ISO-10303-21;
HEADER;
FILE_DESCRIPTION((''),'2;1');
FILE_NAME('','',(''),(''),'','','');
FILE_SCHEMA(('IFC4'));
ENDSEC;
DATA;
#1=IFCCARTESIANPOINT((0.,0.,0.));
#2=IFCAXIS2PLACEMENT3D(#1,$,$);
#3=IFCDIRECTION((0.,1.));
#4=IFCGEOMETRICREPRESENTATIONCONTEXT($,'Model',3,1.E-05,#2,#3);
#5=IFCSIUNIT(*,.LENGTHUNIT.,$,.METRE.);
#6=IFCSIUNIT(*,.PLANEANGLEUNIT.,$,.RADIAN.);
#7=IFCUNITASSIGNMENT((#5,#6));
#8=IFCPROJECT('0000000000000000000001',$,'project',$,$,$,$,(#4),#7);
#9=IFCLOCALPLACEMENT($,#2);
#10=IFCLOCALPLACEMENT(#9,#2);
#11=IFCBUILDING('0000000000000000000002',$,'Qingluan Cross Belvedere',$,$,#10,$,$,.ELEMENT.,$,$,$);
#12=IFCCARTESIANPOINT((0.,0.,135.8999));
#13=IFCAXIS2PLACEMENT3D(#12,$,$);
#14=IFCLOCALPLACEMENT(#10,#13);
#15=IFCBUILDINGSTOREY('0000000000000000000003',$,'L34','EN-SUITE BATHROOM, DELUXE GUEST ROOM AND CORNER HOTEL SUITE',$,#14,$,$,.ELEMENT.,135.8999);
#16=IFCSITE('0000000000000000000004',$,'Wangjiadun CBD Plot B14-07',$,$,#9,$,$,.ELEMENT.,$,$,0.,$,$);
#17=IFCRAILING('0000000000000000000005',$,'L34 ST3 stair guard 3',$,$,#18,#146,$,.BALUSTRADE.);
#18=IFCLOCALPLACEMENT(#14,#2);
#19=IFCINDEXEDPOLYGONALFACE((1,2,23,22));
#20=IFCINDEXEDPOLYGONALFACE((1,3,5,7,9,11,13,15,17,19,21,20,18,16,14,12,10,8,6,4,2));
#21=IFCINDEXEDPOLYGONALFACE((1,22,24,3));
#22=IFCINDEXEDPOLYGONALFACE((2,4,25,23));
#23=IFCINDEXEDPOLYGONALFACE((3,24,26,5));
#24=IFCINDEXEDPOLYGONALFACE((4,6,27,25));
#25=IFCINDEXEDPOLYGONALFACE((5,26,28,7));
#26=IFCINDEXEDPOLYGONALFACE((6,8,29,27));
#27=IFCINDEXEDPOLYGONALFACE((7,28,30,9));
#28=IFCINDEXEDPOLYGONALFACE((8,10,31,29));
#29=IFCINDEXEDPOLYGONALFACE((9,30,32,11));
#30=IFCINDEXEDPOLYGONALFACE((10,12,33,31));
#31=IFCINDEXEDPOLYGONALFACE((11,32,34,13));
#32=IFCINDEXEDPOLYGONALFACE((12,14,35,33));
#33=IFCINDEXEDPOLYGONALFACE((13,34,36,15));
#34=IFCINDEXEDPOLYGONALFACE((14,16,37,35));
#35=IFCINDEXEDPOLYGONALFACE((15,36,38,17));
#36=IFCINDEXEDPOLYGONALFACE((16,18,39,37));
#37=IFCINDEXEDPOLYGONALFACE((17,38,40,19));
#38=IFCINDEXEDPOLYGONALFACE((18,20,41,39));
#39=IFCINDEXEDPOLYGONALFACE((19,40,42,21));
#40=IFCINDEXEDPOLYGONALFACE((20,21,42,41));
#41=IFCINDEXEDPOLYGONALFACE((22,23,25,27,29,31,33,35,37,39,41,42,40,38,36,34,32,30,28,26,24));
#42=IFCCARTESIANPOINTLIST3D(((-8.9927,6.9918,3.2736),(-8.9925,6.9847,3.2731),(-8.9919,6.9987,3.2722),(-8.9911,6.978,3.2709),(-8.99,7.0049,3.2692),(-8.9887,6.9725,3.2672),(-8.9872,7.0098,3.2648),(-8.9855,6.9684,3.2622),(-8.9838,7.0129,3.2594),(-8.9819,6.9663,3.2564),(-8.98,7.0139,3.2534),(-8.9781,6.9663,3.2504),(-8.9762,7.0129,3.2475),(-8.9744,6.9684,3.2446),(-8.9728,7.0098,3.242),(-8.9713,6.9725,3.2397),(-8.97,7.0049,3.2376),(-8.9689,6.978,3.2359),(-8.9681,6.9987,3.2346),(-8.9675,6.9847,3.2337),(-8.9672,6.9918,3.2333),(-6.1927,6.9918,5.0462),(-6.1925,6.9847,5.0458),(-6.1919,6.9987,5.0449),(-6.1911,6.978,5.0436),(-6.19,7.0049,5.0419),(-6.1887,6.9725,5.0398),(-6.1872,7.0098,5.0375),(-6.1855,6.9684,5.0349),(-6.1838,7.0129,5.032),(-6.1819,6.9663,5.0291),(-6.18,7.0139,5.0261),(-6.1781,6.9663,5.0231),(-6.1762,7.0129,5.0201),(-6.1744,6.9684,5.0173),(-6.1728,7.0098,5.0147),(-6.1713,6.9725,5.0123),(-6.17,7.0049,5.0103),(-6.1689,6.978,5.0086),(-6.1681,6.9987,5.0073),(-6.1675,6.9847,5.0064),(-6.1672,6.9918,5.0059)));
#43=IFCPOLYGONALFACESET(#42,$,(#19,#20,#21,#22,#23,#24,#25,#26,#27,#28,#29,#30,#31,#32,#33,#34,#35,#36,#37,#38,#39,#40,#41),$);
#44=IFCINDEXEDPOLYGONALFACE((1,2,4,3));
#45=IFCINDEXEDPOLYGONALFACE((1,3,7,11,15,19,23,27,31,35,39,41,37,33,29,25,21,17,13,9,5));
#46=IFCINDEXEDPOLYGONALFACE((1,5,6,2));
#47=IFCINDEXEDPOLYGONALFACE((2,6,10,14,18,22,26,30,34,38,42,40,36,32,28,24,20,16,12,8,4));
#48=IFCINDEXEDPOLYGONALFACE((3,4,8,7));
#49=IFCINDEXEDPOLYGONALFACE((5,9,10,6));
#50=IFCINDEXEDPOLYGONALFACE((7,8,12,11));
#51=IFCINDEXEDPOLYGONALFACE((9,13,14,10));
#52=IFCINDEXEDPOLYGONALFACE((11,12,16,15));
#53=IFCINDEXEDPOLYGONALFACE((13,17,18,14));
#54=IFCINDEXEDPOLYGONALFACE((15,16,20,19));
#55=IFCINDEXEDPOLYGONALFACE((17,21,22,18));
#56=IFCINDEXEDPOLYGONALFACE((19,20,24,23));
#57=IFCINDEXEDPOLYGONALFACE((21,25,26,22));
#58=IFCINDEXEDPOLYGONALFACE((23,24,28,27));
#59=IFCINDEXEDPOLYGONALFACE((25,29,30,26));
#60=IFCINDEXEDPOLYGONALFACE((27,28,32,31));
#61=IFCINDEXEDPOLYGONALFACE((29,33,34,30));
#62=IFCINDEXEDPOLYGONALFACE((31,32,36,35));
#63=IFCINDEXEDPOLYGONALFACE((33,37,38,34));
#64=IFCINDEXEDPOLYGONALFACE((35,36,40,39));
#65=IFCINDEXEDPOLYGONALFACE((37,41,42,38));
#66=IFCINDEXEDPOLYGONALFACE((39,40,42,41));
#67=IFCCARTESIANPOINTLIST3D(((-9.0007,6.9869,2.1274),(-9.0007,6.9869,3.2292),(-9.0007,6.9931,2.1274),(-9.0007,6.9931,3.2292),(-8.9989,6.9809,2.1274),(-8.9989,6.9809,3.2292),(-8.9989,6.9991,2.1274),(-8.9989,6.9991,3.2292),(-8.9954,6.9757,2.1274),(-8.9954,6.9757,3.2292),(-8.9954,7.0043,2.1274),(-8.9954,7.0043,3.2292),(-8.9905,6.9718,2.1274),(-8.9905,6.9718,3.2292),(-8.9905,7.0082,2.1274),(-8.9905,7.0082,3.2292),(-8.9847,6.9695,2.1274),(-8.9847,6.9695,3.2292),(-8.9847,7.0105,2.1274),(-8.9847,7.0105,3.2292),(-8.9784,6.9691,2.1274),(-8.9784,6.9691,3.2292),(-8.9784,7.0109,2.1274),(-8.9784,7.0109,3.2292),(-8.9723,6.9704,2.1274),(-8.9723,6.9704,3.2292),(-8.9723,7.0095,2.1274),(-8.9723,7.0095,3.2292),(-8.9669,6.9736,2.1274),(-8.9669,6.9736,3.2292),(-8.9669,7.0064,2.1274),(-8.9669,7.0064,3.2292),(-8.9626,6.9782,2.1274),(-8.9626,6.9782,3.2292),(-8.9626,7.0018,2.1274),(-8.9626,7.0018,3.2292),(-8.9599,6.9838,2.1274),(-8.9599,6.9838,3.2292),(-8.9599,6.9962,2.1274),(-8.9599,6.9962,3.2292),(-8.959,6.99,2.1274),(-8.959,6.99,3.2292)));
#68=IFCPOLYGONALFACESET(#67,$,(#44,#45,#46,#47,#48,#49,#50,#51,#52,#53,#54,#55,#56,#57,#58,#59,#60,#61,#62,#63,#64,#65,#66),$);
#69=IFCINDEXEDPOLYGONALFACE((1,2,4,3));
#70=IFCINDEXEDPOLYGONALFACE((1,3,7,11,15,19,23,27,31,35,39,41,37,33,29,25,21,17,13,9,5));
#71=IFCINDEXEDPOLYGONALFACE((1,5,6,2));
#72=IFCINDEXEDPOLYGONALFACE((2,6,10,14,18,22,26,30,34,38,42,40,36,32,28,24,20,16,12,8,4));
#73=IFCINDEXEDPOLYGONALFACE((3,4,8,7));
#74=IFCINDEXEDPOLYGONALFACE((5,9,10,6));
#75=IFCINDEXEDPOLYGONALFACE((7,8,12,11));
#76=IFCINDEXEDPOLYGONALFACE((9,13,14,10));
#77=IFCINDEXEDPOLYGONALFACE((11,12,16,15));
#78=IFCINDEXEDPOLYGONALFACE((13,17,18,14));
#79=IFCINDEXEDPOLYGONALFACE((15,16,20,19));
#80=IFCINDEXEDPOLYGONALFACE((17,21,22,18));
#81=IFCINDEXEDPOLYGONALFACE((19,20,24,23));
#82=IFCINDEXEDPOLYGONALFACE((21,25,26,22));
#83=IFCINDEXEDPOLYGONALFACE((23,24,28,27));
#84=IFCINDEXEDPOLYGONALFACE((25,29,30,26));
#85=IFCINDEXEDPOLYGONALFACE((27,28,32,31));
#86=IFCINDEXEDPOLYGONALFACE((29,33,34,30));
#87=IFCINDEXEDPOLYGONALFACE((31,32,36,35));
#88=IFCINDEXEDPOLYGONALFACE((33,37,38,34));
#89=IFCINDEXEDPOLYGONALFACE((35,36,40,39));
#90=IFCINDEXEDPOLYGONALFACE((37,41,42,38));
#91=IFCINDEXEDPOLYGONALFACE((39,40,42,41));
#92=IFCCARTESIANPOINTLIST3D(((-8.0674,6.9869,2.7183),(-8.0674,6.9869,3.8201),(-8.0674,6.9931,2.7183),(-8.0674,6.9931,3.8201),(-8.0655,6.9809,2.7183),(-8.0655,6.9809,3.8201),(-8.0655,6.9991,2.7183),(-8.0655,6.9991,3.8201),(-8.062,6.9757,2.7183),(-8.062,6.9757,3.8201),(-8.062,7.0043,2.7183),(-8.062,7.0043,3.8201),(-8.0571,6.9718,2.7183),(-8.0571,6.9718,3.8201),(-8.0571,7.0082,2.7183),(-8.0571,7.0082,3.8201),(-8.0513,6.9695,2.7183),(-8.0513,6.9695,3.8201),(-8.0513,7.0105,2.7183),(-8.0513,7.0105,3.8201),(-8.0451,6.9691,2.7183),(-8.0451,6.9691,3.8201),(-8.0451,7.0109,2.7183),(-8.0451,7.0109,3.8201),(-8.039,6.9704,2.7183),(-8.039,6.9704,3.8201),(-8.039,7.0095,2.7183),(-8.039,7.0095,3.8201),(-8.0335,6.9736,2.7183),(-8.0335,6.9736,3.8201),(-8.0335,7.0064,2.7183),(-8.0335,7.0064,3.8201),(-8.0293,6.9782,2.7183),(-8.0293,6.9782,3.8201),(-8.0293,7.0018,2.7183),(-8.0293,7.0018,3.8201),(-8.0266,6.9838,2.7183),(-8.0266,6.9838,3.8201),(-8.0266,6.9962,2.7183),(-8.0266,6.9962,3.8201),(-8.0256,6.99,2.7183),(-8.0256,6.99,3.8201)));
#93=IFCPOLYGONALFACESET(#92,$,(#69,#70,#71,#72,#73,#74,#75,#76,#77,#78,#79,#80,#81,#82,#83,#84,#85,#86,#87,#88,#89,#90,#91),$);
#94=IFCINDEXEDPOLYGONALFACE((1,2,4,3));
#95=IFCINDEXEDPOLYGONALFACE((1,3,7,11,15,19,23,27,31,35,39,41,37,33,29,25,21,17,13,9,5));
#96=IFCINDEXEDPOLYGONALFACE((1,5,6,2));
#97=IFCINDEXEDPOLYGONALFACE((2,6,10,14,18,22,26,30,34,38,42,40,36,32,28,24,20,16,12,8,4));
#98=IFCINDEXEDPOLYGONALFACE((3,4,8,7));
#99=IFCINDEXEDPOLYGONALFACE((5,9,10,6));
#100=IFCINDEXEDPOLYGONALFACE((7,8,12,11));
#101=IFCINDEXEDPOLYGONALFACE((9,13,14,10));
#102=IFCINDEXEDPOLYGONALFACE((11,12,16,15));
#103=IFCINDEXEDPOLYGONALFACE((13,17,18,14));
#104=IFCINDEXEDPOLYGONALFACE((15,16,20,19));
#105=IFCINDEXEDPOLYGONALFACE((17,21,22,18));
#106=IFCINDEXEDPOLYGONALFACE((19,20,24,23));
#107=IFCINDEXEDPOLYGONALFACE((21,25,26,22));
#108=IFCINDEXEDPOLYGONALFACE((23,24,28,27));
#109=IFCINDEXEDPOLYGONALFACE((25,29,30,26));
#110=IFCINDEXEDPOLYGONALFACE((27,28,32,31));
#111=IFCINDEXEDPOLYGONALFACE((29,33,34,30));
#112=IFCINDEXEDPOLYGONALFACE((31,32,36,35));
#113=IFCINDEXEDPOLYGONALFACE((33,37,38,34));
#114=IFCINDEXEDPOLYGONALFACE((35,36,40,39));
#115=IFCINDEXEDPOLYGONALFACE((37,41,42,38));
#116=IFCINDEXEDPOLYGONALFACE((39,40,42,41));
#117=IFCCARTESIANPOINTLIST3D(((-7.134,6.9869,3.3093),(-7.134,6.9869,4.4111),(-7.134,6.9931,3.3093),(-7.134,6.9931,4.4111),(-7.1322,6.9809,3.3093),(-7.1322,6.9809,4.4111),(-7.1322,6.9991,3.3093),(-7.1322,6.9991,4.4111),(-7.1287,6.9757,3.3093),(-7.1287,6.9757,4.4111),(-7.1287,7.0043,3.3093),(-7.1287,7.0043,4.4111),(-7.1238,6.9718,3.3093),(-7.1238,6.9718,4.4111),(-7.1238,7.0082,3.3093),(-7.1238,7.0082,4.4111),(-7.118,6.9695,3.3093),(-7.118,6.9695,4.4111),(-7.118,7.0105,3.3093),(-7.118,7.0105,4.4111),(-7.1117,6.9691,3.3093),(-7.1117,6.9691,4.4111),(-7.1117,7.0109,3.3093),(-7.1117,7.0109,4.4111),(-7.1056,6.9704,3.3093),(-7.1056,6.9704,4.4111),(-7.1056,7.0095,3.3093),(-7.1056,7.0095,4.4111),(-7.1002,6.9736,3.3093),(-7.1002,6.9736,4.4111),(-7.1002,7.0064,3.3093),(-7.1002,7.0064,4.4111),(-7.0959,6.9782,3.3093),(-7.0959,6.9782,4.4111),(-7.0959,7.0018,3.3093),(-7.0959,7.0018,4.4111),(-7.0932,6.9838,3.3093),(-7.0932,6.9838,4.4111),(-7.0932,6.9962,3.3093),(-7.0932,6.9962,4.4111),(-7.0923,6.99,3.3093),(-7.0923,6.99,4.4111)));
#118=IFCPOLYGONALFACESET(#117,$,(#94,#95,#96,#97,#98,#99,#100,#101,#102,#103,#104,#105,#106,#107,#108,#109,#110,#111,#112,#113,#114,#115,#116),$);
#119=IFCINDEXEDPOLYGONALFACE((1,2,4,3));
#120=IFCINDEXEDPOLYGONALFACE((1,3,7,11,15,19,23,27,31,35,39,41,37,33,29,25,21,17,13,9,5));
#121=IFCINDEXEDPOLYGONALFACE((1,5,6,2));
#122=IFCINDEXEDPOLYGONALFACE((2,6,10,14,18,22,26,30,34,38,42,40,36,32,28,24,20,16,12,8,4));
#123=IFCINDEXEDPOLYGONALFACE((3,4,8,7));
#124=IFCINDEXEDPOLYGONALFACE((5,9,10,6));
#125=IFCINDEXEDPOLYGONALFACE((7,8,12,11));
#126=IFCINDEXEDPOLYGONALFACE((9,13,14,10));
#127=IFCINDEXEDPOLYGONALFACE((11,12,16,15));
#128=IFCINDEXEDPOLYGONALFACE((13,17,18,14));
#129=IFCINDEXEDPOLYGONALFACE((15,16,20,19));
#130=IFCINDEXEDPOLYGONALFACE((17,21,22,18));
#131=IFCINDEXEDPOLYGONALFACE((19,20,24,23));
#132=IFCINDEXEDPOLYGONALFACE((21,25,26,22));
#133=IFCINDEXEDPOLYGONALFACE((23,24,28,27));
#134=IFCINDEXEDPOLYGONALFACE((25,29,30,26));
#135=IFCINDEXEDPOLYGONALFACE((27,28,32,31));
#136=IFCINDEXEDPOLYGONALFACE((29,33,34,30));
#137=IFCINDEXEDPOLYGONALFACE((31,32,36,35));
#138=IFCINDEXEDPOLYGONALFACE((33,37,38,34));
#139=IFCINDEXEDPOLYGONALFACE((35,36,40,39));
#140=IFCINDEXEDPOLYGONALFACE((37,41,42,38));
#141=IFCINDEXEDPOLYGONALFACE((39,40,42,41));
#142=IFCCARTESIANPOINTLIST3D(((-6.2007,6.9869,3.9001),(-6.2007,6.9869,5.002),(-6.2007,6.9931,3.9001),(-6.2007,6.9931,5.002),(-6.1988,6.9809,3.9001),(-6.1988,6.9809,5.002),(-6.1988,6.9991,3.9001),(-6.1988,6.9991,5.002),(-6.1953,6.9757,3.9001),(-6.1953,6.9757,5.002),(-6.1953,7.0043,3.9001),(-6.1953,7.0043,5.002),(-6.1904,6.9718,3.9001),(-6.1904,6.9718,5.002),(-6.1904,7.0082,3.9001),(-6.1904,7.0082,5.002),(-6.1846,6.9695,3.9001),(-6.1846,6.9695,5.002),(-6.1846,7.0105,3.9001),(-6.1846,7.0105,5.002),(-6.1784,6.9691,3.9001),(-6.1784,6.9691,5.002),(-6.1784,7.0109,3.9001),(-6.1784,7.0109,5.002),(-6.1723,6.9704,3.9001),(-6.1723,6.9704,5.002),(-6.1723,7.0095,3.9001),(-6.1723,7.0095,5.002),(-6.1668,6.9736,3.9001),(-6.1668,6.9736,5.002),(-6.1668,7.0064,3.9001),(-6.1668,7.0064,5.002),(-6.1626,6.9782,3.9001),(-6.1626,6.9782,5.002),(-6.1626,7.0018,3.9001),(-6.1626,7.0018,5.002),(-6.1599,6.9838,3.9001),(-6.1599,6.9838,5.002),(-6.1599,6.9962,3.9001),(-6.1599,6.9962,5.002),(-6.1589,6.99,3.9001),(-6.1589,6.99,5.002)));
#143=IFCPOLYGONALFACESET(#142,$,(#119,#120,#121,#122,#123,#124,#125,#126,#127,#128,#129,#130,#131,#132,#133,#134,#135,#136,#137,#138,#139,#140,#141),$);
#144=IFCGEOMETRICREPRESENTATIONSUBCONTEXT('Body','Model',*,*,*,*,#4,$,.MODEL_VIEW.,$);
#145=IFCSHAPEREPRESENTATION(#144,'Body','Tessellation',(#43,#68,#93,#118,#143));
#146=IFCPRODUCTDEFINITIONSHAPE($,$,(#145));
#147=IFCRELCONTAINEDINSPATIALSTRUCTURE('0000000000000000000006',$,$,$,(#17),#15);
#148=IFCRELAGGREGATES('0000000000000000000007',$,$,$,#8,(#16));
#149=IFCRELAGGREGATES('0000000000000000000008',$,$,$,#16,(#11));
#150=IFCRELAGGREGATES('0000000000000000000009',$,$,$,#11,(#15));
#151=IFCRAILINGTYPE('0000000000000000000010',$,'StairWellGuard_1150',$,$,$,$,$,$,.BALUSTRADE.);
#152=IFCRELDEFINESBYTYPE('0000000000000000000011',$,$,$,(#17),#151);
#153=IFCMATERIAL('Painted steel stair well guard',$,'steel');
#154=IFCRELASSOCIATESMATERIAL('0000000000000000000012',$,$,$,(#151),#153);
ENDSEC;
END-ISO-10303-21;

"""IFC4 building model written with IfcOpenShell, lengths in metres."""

from ifc_helpers import new_model, si_unit, direction, frame, origin, origin_2d, place, context, subcontext, project, spatial, circle, extrude, material, type_object, element, save


model = new_model("IFC4")

# Units and contexts
model_context = context("Model", 3, precision=1e-05, world=origin(), true_north=direction((0.0, 1.0)))
body_context = subcontext(model_context, "Body", "Model", "MODEL_VIEW")
ifc_project = project(units=[si_unit("LENGTHUNIT", "METRE"), si_unit("PLANEANGLEUNIT", "RADIAN")], contexts=[model_context])

# Site, building, storey
site_placement = place(None, origin())
site = spatial("IfcSite", under=ifc_project, at=site_placement, Name="Wangjiadun CBD Plot B14-07", CompositionType="ELEMENT", RefElevation=0.0)
building_placement = place(site_placement, origin())
building = spatial("IfcBuilding", under=site, at=building_placement, Name="Qingluan Cross Belvedere", CompositionType="ELEMENT")
storey_placement = place(building_placement, frame((0.0, 0.0, 135.8999)))
storey = spatial("IfcBuildingStorey", under=building, at=storey_placement, Name="L34", Description="EN-SUITE BATHROOM, DELUXE GUEST ROOM AND CORNER HOTEL SUITE", CompositionType="ELEMENT", Elevation=135.8999)

# Railing
ifc_material_1 = material(Name="Painted steel stair well guard", Category="steel")
railing_type_1 = type_object("IfcRailingType", Name="StairWellGuard_1150", PredefinedType="BALUSTRADE", material=ifc_material_1)
railing_1_placement = place(storey_placement, frame((-8.98, 6.99, 2.1274)))
element("IfcRailing", 1, at=railing_1_placement, inside=storey, type_object=railing_type_1, Name="L34 ST3 stair guard 3", PredefinedType="BALUSTRADE", context=body_context, shape_type="SweptSolid", body=[
    extrude(circle(Radius=0.0239, at=origin_2d()), frame((0.0, 0.0, 1.126), z_axis=(0.844909, 0.0, 0.53491), x_axis=(0.0, 1.0, 0.0)), (0.0, 0.0, 1.0), 3.314),
    extrude(circle(Radius=0.021, at=origin_2d()), origin(), (0.0, 0.0, 1.0), 1.1018),
    extrude(circle(Radius=0.021, at=origin_2d()), frame((0.9333, 0.0, 0.5908)), (0.0, 0.0, 1.0), 1.1018),
    extrude(circle(Radius=0.021, at=origin_2d()), frame((1.8667, 0.0, 1.1819)), (0.0, 0.0, 1.0), 1.1018),
    extrude(circle(Radius=0.021, at=origin_2d()), frame((2.8, 0.0, 1.7727)), (0.0, 0.0, 1.0), 1.1018),
])

save(model, "model.ifc")
